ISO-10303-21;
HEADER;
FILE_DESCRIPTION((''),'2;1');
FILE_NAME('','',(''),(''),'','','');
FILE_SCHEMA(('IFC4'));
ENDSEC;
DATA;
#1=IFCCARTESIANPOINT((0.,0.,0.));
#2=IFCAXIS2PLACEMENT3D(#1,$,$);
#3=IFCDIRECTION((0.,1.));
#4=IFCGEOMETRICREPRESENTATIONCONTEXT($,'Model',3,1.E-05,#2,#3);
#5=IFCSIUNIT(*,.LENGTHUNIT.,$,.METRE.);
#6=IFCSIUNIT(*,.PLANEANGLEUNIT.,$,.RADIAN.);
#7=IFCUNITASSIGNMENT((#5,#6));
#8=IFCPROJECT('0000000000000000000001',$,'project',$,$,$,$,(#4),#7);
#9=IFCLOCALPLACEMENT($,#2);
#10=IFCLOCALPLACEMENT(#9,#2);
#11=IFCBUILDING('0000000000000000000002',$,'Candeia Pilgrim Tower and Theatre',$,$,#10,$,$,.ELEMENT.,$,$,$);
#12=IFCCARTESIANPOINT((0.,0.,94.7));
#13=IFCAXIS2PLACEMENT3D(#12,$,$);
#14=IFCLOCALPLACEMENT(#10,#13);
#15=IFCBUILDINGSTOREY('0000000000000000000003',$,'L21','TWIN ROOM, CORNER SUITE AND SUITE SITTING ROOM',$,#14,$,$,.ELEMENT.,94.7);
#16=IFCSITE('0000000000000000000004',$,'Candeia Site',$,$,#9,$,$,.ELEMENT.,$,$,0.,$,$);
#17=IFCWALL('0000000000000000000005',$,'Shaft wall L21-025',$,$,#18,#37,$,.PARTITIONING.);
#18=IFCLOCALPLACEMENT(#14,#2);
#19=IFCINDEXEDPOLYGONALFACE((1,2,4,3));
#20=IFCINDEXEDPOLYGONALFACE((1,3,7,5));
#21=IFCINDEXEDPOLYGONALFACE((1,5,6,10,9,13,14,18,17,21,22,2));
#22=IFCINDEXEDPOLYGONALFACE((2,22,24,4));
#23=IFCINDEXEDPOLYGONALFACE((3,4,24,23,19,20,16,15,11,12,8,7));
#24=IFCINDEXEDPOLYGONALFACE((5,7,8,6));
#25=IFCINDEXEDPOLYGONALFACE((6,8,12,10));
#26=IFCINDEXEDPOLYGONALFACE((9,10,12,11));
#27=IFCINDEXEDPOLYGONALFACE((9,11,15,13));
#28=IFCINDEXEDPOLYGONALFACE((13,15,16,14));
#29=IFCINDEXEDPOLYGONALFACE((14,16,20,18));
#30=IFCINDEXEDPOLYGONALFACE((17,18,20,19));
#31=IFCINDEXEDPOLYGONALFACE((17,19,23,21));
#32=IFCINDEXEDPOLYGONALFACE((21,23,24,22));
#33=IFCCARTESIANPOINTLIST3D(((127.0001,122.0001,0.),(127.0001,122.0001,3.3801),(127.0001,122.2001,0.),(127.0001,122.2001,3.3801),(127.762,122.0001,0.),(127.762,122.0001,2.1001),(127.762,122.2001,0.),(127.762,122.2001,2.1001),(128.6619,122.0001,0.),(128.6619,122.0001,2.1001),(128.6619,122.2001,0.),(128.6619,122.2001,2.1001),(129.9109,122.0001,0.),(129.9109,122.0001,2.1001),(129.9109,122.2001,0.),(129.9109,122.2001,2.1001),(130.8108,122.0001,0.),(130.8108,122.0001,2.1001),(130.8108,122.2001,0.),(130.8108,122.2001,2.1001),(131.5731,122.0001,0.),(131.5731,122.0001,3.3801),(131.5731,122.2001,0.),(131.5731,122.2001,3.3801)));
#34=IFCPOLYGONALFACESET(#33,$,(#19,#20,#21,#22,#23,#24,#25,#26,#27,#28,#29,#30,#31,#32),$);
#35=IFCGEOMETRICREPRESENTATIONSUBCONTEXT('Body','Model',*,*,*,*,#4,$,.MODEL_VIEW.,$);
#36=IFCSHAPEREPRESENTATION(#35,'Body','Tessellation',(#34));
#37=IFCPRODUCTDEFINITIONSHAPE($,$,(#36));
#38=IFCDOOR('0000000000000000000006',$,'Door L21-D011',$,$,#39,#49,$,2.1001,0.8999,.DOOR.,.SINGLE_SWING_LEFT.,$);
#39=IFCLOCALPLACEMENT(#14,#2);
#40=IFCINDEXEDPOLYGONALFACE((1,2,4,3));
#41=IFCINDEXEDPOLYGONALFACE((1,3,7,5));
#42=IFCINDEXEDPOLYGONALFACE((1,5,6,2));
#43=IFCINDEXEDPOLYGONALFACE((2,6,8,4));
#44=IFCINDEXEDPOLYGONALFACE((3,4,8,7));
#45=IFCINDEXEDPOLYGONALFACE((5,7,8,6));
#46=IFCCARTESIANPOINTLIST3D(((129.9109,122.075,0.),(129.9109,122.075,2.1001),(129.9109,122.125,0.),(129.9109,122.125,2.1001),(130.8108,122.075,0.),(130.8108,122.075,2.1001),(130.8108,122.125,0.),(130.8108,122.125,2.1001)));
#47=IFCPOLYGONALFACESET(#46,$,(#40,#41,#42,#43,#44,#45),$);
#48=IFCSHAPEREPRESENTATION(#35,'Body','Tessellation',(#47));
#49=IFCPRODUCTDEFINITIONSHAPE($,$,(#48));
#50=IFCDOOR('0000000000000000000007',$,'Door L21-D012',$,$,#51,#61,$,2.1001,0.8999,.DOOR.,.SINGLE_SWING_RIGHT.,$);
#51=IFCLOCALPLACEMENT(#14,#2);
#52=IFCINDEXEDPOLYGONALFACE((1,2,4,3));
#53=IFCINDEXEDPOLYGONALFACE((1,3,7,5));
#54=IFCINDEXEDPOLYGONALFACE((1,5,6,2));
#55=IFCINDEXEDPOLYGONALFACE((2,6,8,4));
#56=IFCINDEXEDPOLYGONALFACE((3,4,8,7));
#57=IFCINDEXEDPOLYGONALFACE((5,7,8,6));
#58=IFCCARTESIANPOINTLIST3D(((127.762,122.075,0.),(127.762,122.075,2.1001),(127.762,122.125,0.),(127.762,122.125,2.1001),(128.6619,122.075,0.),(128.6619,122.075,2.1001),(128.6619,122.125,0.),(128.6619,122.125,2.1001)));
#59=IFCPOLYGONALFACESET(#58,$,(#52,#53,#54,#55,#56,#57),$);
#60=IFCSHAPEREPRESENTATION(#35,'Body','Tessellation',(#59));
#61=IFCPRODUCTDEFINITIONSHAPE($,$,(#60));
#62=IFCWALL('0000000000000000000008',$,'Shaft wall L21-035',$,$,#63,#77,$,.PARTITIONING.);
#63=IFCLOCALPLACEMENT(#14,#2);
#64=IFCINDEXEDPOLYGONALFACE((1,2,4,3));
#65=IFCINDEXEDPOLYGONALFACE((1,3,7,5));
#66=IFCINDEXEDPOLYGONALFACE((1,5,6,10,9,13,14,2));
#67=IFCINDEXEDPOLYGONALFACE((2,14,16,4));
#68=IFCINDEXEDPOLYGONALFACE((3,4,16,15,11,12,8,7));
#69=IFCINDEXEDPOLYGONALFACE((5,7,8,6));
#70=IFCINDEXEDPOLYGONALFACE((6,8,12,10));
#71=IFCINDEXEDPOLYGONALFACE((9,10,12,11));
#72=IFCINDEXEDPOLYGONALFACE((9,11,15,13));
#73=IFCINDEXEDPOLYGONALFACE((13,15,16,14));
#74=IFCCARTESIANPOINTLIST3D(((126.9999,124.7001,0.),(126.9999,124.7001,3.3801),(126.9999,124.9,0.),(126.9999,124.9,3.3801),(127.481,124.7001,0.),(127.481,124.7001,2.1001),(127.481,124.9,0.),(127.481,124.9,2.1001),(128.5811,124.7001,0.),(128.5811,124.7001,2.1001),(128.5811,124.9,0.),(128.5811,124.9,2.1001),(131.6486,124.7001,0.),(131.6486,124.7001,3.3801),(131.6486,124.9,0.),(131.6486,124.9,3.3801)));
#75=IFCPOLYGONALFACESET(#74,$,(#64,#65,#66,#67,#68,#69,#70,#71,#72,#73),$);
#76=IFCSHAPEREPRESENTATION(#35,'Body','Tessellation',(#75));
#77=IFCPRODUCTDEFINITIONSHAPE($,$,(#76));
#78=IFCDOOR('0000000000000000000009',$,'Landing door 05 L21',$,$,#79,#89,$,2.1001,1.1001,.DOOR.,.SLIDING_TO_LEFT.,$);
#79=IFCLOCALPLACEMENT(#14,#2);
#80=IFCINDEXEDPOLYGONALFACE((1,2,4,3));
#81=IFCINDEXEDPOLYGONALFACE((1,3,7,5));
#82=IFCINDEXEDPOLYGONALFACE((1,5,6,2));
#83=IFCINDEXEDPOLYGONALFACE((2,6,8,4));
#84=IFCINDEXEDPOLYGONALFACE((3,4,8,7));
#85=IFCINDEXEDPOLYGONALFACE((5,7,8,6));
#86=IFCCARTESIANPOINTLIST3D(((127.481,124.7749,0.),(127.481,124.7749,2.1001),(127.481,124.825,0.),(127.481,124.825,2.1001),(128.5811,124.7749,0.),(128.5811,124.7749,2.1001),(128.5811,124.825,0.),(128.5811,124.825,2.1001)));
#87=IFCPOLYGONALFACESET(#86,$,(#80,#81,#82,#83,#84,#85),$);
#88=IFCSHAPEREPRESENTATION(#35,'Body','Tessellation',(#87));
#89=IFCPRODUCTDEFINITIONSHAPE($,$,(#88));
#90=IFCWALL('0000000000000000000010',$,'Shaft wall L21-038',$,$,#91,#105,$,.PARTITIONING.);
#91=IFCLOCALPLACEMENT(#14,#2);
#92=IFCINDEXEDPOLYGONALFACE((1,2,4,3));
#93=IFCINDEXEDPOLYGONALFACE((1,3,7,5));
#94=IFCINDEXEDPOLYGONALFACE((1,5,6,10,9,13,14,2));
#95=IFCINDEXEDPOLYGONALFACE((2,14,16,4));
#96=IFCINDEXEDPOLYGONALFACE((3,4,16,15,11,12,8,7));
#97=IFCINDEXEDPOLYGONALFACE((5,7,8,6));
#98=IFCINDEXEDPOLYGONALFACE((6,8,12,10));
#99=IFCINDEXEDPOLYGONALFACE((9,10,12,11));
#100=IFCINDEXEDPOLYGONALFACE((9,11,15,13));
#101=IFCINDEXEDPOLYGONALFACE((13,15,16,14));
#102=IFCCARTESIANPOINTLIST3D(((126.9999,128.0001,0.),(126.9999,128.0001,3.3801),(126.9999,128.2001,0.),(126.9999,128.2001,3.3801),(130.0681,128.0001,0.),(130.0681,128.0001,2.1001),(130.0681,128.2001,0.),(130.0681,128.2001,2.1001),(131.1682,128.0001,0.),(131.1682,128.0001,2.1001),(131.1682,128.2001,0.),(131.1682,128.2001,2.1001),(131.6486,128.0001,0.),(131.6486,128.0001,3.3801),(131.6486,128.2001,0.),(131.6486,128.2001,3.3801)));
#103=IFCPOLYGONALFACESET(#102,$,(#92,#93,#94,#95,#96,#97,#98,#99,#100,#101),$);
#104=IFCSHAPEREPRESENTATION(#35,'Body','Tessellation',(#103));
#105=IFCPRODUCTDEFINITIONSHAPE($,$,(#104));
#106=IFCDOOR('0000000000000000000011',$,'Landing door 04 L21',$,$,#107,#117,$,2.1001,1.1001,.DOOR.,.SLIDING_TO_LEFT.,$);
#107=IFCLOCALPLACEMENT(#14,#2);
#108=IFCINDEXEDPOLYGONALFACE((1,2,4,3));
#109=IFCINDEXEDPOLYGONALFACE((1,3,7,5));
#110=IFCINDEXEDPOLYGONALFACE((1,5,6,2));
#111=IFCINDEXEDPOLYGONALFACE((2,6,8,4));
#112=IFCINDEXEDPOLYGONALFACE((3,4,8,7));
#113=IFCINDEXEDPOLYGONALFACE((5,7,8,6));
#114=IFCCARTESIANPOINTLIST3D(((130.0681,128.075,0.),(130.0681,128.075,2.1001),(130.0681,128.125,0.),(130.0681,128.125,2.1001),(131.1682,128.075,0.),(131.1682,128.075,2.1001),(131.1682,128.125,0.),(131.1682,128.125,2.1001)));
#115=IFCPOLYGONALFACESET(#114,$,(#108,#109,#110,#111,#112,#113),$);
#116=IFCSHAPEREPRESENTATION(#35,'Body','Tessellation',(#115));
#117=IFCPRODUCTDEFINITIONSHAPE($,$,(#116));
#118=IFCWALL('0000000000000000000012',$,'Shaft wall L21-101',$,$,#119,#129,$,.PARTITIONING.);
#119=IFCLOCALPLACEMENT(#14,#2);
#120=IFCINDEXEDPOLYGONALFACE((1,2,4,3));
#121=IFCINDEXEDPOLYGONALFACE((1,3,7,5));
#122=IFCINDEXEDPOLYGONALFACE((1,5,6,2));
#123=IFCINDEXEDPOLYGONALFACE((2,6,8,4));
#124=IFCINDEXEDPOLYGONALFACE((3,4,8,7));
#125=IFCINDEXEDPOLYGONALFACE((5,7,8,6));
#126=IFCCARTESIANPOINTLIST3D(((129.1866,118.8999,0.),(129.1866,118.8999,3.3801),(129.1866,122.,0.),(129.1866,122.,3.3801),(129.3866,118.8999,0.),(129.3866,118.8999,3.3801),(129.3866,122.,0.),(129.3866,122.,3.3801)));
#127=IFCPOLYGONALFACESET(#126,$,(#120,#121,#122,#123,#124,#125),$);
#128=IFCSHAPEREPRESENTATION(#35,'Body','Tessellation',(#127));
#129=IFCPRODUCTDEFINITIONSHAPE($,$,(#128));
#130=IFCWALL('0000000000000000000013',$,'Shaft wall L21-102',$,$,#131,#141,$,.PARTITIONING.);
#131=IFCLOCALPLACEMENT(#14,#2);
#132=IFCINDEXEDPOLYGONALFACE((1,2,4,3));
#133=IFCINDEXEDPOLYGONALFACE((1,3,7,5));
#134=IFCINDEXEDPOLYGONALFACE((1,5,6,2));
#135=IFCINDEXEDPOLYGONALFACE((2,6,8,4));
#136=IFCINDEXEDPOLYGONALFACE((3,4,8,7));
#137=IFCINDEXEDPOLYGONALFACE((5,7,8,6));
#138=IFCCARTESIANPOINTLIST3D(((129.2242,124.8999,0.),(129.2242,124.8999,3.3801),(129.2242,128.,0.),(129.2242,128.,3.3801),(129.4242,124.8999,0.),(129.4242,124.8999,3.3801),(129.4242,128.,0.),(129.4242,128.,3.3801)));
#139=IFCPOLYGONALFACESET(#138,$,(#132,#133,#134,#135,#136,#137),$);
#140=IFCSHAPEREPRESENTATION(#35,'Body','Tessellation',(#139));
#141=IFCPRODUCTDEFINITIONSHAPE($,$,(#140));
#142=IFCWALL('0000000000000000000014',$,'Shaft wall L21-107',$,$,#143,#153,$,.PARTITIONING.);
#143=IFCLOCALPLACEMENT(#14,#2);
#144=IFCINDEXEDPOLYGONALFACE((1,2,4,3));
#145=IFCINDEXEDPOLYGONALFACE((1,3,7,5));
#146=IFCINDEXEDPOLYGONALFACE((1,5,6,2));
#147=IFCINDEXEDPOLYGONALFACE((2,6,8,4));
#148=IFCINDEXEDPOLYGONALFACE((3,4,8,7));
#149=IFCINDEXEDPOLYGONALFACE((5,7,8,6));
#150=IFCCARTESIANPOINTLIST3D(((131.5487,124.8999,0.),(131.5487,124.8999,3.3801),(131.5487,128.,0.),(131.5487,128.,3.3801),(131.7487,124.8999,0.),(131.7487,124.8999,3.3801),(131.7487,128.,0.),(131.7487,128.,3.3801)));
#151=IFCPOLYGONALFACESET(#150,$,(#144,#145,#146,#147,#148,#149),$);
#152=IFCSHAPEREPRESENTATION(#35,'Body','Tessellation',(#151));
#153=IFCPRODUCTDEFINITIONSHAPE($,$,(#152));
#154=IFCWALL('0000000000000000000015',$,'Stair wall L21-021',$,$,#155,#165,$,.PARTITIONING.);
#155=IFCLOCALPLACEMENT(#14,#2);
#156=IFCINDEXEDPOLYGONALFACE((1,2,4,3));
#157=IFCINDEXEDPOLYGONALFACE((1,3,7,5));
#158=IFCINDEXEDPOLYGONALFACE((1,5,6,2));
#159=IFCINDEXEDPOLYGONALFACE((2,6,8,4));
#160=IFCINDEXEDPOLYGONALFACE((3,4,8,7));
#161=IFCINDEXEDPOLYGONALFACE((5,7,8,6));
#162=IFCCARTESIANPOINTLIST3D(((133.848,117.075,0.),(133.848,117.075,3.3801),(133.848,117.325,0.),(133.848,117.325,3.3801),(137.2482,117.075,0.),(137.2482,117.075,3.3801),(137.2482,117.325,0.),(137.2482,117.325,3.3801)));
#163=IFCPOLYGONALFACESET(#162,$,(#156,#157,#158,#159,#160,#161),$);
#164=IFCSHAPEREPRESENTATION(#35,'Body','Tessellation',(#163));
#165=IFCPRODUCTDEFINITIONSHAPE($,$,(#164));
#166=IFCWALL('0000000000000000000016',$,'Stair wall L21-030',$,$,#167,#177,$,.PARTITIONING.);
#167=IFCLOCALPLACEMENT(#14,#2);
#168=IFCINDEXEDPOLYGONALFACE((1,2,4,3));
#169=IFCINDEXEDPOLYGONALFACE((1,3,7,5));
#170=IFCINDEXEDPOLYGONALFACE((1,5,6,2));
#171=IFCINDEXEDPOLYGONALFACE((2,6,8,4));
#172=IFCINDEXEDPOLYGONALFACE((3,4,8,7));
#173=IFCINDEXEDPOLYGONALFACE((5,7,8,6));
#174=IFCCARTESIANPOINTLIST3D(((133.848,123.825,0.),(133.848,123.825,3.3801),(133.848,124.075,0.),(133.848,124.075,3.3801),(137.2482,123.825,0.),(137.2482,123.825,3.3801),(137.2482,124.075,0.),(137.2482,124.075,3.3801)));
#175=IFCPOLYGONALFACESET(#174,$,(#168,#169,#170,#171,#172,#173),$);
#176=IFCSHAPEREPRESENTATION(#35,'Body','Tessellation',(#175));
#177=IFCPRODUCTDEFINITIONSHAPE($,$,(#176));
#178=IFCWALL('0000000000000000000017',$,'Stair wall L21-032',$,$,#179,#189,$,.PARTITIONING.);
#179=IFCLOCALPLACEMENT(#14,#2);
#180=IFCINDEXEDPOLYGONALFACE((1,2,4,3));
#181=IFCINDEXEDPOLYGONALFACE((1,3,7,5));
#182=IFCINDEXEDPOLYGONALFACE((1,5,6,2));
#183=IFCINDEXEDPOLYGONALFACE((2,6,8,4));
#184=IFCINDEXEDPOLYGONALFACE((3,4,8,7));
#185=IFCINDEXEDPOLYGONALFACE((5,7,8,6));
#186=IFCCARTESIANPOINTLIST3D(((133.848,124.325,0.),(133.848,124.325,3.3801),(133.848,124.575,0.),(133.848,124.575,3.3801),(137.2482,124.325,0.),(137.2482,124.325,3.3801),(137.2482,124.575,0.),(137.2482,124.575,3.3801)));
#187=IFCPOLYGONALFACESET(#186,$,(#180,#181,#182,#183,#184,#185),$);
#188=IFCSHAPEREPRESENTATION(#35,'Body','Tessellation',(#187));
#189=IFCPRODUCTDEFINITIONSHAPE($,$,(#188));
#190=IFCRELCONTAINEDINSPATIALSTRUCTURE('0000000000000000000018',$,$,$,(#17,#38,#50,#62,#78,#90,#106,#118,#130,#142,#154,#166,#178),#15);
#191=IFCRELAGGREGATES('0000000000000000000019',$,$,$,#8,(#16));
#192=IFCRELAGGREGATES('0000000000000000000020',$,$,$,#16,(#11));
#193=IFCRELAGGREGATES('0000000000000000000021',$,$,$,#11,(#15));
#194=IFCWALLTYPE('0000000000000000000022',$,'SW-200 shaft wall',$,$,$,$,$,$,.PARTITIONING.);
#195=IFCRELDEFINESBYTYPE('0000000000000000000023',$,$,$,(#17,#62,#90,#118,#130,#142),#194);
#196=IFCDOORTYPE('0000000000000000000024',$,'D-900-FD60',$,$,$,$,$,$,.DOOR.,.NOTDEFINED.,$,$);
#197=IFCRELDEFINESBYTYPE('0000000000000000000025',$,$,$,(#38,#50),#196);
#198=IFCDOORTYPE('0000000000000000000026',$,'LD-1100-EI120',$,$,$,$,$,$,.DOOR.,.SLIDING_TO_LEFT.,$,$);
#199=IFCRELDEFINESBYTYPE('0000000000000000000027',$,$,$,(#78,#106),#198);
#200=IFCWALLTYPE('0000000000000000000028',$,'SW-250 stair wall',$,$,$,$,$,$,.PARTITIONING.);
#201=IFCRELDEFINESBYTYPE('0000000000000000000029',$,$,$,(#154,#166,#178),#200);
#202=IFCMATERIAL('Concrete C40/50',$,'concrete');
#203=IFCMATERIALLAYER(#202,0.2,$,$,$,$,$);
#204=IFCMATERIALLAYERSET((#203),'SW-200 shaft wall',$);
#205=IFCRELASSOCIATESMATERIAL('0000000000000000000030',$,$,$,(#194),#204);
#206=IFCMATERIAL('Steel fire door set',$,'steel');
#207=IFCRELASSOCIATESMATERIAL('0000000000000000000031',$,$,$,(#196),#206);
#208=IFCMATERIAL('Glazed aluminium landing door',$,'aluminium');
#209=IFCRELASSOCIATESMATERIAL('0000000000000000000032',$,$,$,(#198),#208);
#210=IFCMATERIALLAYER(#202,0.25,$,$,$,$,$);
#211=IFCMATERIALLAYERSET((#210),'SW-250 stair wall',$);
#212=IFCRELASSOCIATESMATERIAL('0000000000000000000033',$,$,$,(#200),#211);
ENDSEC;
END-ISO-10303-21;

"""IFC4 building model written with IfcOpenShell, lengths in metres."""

from ifc_helpers import new_model, si_unit, direction, frame, frame_2d, origin, place, context, subcontext, project, spatial, rectangle, extrude, material, layer, layer_set, type_object, element, fill, save


model = new_model("IFC4")

# Units and contexts
model_context = context("Model", 3, precision=1e-05, world=origin(), true_north=direction((0.0, 1.0)))
body_context = subcontext(model_context, "Body", "Model", "MODEL_VIEW")
ifc_project = project(units=[si_unit("LENGTHUNIT", "METRE"), si_unit("PLANEANGLEUNIT", "RADIAN")], contexts=[model_context])

# Site, building, storey
site_placement = place(None, origin())
site = spatial("IfcSite", under=ifc_project, at=site_placement, Name="Candeia Site", CompositionType="ELEMENT", RefElevation=0.0)
building_placement = place(site_placement, origin())
building = spatial("IfcBuilding", under=site, at=building_placement, Name="Candeia Pilgrim Tower and Theatre", CompositionType="ELEMENT")
storey_placement = place(building_placement, frame((0.0, 0.0, 94.7)))
storey = spatial("IfcBuildingStorey", under=building, at=storey_placement, Name="L21", Description="TWIN ROOM, CORNER SUITE AND SUITE SITTING ROOM", CompositionType="ELEMENT", Elevation=94.7)

# Shared definitions
ifc_material_1 = material(Name="Steel fire door set", Category="steel")

# Shared definitions
ifc_material_2 = material(Name="Concrete C40/50", Category="concrete")
ifc_layer_1 = layer(ifc_material_2, 0.2)
ifc_layer_set_1 = layer_set([ifc_layer_1], Name="SW-200 shaft wall")
wall_type_1 = type_object("IfcWallType", Name="SW-200 shaft wall", PredefinedType="PARTITIONING", material=ifc_layer_set_1)

# Wall, openings, doors
wall_1_placement = place(storey_placement, frame((127.0, 122.1001, 0.0), z_axis=(0.0, 0.0, 1.0), x_axis=(1.0, 0.0, 0.0)))
wall_1 = element("IfcWall", 1, at=wall_1_placement, inside=storey, type_object=wall_type_1, Name="Shaft wall L21-025", PredefinedType="PARTITIONING", context=body_context, shape_type="SweptSolid", body=[
    extrude(rectangle(XDim=4.573, YDim=0.2, at=frame_2d((2.2866, 0.0))), origin(), (0.0, 0.0, 1.0), 3.3801),
])
opening_1_placement = place(wall_1_placement, frame((2.9109, 0.0, 0.0)))
opening_1 = element("IfcOpeningElement", 2, at=opening_1_placement, cuts=wall_1, PredefinedType="OPENING", context=body_context, shape_type="SweptSolid", body=[
    extrude(rectangle(XDim=0.8999, YDim=2.1001, at=frame_2d((0.45, 1.05))), frame((0.0, 0.1099, 0.0), z_axis=(0.0, -1.0, 0.0), x_axis=(1.0, 0.0, 0.0)), (0.0, 0.0, 1.0), 0.22),
])
opening_2_placement = place(wall_1_placement, frame((0.762, 0.0, 0.0)))
opening_2 = element("IfcOpeningElement", 3, at=opening_2_placement, cuts=wall_1, PredefinedType="OPENING", context=body_context, shape_type="SweptSolid", body=[
    extrude(rectangle(XDim=0.8999, YDim=2.1001, at=frame_2d((0.45, 1.05))), frame((0.0, 0.1099, 0.0), z_axis=(0.0, -1.0, 0.0), x_axis=(1.0, 0.0, 0.0)), (0.0, 0.0, 1.0), 0.22),
])
door_type_1 = type_object("IfcDoorType", Name="D-900-FD60", OperationType="NOTDEFINED", PredefinedType="DOOR", material=ifc_material_1)
door_1_placement = place(opening_1_placement, origin())
door_1 = element("IfcDoor", 4, at=door_1_placement, inside=storey, type_object=door_type_1, Name="Door L21-D011", OperationType="SINGLE_SWING_LEFT", OverallHeight=2.1001, OverallWidth=0.8999, PredefinedType="DOOR", context=body_context, shape_type="SweptSolid", body=[
    extrude(rectangle(XDim=0.8999, YDim=2.1001, at=frame_2d((0.45, 1.05))), frame((0.0, 0.0249, 0.0), z_axis=(0.0, -1.0, 0.0), x_axis=(1.0, 0.0, 0.0)), (0.0, 0.0, 1.0), 0.05),
])
fill(opening_1, door_1)
door_2_placement = place(opening_2_placement, origin())
door_2 = element("IfcDoor", 5, at=door_2_placement, inside=storey, type_object=door_type_1, Name="Door L21-D012", OperationType="SINGLE_SWING_RIGHT", OverallHeight=2.1001, OverallWidth=0.8999, PredefinedType="DOOR", context=body_context, shape_type="SweptSolid", body=[
    extrude(rectangle(XDim=0.8999, YDim=2.1001, at=frame_2d((0.45, 1.05))), frame((0.0, 0.0249, 0.0), z_axis=(0.0, -1.0, 0.0), x_axis=(1.0, 0.0, 0.0)), (0.0, 0.0, 1.0), 0.05),
])
fill(opening_2, door_2)

# Walls, openings, doors
wall_2_placement = place(storey_placement, frame((127.0, 124.8, 0.0), z_axis=(0.0, 0.0, 1.0), x_axis=(1.0, 0.0, 0.0)))
wall_2 = element("IfcWall", 6, at=wall_2_placement, inside=storey, type_object=wall_type_1, Name="Shaft wall L21-035", PredefinedType="PARTITIONING", context=body_context, shape_type="SweptSolid", body=[
    extrude(rectangle(XDim=4.6487, YDim=0.2, at=frame_2d((2.3242, 0.0))), origin(), (0.0, 0.0, 1.0), 3.3801),
])
opening_3_placement = place(wall_2_placement, frame((0.481, 0.0, 0.0)))
opening_3 = element("IfcOpeningElement", 7, at=opening_3_placement, cuts=wall_2, PredefinedType="OPENING", context=body_context, shape_type="SweptSolid", body=[
    extrude(rectangle(XDim=1.1001, YDim=2.1001, at=frame_2d((0.55, 1.05))), frame((0.0, 0.1099, 0.0), z_axis=(0.0, -1.0, 0.0), x_axis=(1.0, 0.0, 0.0)), (0.0, 0.0, 1.0), 0.22),
])
ifc_material_3 = material(Name="Glazed aluminium landing door", Category="aluminium")
door_type_2 = type_object("IfcDoorType", Name="LD-1100-EI120", OperationType="SLIDING_TO_LEFT", PredefinedType="DOOR", material=ifc_material_3)
door_3_placement = place(opening_3_placement, origin())
door_3 = element("IfcDoor", 8, at=door_3_placement, inside=storey, type_object=door_type_2, Name="Landing door 05 L21", OperationType="SLIDING_TO_LEFT", OverallHeight=2.1001, OverallWidth=1.1001, PredefinedType="DOOR", context=body_context, shape_type="SweptSolid", body=[
    extrude(rectangle(XDim=1.1001, YDim=2.1001, at=frame_2d((0.55, 1.05))), frame((0.0, 0.0249, 0.0), z_axis=(0.0, -1.0, 0.0), x_axis=(1.0, 0.0, 0.0)), (0.0, 0.0, 1.0), 0.05),
])
fill(opening_3, door_3)
wall_3_placement = place(storey_placement, frame((127.0, 128.1001, 0.0), z_axis=(0.0, 0.0, 1.0), x_axis=(1.0, 0.0, 0.0)))
wall_3 = element("IfcWall", 9, at=wall_3_placement, inside=storey, type_object=wall_type_1, Name="Shaft wall L21-038", PredefinedType="PARTITIONING", context=body_context, shape_type="SweptSolid", body=[
    extrude(rectangle(XDim=4.6487, YDim=0.2, at=frame_2d((2.3242, 0.0))), origin(), (0.0, 0.0, 1.0), 3.3801),
])
opening_4_placement = place(wall_3_placement, frame((3.0681, 0.0, 0.0)))
opening_4 = element("IfcOpeningElement", 10, at=opening_4_placement, cuts=wall_3, PredefinedType="OPENING", context=body_context, shape_type="SweptSolid", body=[
    extrude(rectangle(XDim=1.1001, YDim=2.1001, at=frame_2d((0.55, 1.05))), frame((0.0, 0.1099, 0.0), z_axis=(0.0, -1.0, 0.0), x_axis=(1.0, 0.0, 0.0)), (0.0, 0.0, 1.0), 0.22),
])
door_4_placement = place(opening_4_placement, origin())
door_4 = element("IfcDoor", 11, at=door_4_placement, inside=storey, type_object=door_type_2, Name="Landing door 04 L21", OperationType="SLIDING_TO_LEFT", OverallHeight=2.1001, OverallWidth=1.1001, PredefinedType="DOOR", context=body_context, shape_type="SweptSolid", body=[
    extrude(rectangle(XDim=1.1001, YDim=2.1001, at=frame_2d((0.55, 1.05))), frame((0.0, 0.0249, 0.0), z_axis=(0.0, -1.0, 0.0), x_axis=(1.0, 0.0, 0.0)), (0.0, 0.0, 1.0), 0.05),
])
fill(opening_4, door_4)

# Walls
for number, where, z_axis, x_axis, name in (
    (12, (129.2866, 118.8999, 0.0), (0.0, 0.0, 1.0), (0.0, 1.0, 0.0), "Shaft wall L21-101"),
    (13, (129.3242, 124.8999, 0.0), (0.0, 0.0, 1.0), (0.0, 1.0, 0.0), "Shaft wall L21-102"),
    (14, (131.6487, 124.8999, 0.0), (0.0, 0.0, 1.0), (0.0, 1.0, 0.0), "Shaft wall L21-107"),
):
    element("IfcWall", number, at=place(storey_placement, frame(where, z_axis=z_axis, x_axis=x_axis)), inside=storey, type_object=wall_type_1, Name=name, PredefinedType="PARTITIONING", context=body_context, shape_type="SweptSolid", body=[
        extrude(rectangle(XDim=3.1001, YDim=0.2, at=frame_2d((1.55, 0.0))), origin(), (0.0, 0.0, 1.0), 3.3801),
    ])
ifc_layer_2 = layer(ifc_material_2, 0.25)
ifc_layer_set_2 = layer_set([ifc_layer_2], Name="SW-250 stair wall")
wall_type_2 = type_object("IfcWallType", Name="SW-250 stair wall", PredefinedType="PARTITIONING", material=ifc_layer_set_2)
for number, where, z_axis, x_axis, name in (
    (15, (133.8479, 117.2, 0.0), (0.0, 0.0, 1.0), (1.0, 0.0, 0.0), "Stair wall L21-021"),
    (16, (133.8479, 123.95, 0.0), (0.0, 0.0, 1.0), (1.0, 0.0, 0.0), "Stair wall L21-030"),
    (17, (133.8479, 124.45, 0.0), (0.0, 0.0, 1.0), (1.0, 0.0, 0.0), "Stair wall L21-032"),
):
    element("IfcWall", number, at=place(storey_placement, frame(where, z_axis=z_axis, x_axis=x_axis)), inside=storey, type_object=wall_type_2, Name=name, PredefinedType="PARTITIONING", context=body_context, shape_type="SweptSolid", body=[
        extrude(rectangle(XDim=3.4001, YDim=0.25, at=frame_2d((1.7002, 0.0))), origin(), (0.0, 0.0, 1.0), 3.3801),
    ])

save(model, "model.ifc")
